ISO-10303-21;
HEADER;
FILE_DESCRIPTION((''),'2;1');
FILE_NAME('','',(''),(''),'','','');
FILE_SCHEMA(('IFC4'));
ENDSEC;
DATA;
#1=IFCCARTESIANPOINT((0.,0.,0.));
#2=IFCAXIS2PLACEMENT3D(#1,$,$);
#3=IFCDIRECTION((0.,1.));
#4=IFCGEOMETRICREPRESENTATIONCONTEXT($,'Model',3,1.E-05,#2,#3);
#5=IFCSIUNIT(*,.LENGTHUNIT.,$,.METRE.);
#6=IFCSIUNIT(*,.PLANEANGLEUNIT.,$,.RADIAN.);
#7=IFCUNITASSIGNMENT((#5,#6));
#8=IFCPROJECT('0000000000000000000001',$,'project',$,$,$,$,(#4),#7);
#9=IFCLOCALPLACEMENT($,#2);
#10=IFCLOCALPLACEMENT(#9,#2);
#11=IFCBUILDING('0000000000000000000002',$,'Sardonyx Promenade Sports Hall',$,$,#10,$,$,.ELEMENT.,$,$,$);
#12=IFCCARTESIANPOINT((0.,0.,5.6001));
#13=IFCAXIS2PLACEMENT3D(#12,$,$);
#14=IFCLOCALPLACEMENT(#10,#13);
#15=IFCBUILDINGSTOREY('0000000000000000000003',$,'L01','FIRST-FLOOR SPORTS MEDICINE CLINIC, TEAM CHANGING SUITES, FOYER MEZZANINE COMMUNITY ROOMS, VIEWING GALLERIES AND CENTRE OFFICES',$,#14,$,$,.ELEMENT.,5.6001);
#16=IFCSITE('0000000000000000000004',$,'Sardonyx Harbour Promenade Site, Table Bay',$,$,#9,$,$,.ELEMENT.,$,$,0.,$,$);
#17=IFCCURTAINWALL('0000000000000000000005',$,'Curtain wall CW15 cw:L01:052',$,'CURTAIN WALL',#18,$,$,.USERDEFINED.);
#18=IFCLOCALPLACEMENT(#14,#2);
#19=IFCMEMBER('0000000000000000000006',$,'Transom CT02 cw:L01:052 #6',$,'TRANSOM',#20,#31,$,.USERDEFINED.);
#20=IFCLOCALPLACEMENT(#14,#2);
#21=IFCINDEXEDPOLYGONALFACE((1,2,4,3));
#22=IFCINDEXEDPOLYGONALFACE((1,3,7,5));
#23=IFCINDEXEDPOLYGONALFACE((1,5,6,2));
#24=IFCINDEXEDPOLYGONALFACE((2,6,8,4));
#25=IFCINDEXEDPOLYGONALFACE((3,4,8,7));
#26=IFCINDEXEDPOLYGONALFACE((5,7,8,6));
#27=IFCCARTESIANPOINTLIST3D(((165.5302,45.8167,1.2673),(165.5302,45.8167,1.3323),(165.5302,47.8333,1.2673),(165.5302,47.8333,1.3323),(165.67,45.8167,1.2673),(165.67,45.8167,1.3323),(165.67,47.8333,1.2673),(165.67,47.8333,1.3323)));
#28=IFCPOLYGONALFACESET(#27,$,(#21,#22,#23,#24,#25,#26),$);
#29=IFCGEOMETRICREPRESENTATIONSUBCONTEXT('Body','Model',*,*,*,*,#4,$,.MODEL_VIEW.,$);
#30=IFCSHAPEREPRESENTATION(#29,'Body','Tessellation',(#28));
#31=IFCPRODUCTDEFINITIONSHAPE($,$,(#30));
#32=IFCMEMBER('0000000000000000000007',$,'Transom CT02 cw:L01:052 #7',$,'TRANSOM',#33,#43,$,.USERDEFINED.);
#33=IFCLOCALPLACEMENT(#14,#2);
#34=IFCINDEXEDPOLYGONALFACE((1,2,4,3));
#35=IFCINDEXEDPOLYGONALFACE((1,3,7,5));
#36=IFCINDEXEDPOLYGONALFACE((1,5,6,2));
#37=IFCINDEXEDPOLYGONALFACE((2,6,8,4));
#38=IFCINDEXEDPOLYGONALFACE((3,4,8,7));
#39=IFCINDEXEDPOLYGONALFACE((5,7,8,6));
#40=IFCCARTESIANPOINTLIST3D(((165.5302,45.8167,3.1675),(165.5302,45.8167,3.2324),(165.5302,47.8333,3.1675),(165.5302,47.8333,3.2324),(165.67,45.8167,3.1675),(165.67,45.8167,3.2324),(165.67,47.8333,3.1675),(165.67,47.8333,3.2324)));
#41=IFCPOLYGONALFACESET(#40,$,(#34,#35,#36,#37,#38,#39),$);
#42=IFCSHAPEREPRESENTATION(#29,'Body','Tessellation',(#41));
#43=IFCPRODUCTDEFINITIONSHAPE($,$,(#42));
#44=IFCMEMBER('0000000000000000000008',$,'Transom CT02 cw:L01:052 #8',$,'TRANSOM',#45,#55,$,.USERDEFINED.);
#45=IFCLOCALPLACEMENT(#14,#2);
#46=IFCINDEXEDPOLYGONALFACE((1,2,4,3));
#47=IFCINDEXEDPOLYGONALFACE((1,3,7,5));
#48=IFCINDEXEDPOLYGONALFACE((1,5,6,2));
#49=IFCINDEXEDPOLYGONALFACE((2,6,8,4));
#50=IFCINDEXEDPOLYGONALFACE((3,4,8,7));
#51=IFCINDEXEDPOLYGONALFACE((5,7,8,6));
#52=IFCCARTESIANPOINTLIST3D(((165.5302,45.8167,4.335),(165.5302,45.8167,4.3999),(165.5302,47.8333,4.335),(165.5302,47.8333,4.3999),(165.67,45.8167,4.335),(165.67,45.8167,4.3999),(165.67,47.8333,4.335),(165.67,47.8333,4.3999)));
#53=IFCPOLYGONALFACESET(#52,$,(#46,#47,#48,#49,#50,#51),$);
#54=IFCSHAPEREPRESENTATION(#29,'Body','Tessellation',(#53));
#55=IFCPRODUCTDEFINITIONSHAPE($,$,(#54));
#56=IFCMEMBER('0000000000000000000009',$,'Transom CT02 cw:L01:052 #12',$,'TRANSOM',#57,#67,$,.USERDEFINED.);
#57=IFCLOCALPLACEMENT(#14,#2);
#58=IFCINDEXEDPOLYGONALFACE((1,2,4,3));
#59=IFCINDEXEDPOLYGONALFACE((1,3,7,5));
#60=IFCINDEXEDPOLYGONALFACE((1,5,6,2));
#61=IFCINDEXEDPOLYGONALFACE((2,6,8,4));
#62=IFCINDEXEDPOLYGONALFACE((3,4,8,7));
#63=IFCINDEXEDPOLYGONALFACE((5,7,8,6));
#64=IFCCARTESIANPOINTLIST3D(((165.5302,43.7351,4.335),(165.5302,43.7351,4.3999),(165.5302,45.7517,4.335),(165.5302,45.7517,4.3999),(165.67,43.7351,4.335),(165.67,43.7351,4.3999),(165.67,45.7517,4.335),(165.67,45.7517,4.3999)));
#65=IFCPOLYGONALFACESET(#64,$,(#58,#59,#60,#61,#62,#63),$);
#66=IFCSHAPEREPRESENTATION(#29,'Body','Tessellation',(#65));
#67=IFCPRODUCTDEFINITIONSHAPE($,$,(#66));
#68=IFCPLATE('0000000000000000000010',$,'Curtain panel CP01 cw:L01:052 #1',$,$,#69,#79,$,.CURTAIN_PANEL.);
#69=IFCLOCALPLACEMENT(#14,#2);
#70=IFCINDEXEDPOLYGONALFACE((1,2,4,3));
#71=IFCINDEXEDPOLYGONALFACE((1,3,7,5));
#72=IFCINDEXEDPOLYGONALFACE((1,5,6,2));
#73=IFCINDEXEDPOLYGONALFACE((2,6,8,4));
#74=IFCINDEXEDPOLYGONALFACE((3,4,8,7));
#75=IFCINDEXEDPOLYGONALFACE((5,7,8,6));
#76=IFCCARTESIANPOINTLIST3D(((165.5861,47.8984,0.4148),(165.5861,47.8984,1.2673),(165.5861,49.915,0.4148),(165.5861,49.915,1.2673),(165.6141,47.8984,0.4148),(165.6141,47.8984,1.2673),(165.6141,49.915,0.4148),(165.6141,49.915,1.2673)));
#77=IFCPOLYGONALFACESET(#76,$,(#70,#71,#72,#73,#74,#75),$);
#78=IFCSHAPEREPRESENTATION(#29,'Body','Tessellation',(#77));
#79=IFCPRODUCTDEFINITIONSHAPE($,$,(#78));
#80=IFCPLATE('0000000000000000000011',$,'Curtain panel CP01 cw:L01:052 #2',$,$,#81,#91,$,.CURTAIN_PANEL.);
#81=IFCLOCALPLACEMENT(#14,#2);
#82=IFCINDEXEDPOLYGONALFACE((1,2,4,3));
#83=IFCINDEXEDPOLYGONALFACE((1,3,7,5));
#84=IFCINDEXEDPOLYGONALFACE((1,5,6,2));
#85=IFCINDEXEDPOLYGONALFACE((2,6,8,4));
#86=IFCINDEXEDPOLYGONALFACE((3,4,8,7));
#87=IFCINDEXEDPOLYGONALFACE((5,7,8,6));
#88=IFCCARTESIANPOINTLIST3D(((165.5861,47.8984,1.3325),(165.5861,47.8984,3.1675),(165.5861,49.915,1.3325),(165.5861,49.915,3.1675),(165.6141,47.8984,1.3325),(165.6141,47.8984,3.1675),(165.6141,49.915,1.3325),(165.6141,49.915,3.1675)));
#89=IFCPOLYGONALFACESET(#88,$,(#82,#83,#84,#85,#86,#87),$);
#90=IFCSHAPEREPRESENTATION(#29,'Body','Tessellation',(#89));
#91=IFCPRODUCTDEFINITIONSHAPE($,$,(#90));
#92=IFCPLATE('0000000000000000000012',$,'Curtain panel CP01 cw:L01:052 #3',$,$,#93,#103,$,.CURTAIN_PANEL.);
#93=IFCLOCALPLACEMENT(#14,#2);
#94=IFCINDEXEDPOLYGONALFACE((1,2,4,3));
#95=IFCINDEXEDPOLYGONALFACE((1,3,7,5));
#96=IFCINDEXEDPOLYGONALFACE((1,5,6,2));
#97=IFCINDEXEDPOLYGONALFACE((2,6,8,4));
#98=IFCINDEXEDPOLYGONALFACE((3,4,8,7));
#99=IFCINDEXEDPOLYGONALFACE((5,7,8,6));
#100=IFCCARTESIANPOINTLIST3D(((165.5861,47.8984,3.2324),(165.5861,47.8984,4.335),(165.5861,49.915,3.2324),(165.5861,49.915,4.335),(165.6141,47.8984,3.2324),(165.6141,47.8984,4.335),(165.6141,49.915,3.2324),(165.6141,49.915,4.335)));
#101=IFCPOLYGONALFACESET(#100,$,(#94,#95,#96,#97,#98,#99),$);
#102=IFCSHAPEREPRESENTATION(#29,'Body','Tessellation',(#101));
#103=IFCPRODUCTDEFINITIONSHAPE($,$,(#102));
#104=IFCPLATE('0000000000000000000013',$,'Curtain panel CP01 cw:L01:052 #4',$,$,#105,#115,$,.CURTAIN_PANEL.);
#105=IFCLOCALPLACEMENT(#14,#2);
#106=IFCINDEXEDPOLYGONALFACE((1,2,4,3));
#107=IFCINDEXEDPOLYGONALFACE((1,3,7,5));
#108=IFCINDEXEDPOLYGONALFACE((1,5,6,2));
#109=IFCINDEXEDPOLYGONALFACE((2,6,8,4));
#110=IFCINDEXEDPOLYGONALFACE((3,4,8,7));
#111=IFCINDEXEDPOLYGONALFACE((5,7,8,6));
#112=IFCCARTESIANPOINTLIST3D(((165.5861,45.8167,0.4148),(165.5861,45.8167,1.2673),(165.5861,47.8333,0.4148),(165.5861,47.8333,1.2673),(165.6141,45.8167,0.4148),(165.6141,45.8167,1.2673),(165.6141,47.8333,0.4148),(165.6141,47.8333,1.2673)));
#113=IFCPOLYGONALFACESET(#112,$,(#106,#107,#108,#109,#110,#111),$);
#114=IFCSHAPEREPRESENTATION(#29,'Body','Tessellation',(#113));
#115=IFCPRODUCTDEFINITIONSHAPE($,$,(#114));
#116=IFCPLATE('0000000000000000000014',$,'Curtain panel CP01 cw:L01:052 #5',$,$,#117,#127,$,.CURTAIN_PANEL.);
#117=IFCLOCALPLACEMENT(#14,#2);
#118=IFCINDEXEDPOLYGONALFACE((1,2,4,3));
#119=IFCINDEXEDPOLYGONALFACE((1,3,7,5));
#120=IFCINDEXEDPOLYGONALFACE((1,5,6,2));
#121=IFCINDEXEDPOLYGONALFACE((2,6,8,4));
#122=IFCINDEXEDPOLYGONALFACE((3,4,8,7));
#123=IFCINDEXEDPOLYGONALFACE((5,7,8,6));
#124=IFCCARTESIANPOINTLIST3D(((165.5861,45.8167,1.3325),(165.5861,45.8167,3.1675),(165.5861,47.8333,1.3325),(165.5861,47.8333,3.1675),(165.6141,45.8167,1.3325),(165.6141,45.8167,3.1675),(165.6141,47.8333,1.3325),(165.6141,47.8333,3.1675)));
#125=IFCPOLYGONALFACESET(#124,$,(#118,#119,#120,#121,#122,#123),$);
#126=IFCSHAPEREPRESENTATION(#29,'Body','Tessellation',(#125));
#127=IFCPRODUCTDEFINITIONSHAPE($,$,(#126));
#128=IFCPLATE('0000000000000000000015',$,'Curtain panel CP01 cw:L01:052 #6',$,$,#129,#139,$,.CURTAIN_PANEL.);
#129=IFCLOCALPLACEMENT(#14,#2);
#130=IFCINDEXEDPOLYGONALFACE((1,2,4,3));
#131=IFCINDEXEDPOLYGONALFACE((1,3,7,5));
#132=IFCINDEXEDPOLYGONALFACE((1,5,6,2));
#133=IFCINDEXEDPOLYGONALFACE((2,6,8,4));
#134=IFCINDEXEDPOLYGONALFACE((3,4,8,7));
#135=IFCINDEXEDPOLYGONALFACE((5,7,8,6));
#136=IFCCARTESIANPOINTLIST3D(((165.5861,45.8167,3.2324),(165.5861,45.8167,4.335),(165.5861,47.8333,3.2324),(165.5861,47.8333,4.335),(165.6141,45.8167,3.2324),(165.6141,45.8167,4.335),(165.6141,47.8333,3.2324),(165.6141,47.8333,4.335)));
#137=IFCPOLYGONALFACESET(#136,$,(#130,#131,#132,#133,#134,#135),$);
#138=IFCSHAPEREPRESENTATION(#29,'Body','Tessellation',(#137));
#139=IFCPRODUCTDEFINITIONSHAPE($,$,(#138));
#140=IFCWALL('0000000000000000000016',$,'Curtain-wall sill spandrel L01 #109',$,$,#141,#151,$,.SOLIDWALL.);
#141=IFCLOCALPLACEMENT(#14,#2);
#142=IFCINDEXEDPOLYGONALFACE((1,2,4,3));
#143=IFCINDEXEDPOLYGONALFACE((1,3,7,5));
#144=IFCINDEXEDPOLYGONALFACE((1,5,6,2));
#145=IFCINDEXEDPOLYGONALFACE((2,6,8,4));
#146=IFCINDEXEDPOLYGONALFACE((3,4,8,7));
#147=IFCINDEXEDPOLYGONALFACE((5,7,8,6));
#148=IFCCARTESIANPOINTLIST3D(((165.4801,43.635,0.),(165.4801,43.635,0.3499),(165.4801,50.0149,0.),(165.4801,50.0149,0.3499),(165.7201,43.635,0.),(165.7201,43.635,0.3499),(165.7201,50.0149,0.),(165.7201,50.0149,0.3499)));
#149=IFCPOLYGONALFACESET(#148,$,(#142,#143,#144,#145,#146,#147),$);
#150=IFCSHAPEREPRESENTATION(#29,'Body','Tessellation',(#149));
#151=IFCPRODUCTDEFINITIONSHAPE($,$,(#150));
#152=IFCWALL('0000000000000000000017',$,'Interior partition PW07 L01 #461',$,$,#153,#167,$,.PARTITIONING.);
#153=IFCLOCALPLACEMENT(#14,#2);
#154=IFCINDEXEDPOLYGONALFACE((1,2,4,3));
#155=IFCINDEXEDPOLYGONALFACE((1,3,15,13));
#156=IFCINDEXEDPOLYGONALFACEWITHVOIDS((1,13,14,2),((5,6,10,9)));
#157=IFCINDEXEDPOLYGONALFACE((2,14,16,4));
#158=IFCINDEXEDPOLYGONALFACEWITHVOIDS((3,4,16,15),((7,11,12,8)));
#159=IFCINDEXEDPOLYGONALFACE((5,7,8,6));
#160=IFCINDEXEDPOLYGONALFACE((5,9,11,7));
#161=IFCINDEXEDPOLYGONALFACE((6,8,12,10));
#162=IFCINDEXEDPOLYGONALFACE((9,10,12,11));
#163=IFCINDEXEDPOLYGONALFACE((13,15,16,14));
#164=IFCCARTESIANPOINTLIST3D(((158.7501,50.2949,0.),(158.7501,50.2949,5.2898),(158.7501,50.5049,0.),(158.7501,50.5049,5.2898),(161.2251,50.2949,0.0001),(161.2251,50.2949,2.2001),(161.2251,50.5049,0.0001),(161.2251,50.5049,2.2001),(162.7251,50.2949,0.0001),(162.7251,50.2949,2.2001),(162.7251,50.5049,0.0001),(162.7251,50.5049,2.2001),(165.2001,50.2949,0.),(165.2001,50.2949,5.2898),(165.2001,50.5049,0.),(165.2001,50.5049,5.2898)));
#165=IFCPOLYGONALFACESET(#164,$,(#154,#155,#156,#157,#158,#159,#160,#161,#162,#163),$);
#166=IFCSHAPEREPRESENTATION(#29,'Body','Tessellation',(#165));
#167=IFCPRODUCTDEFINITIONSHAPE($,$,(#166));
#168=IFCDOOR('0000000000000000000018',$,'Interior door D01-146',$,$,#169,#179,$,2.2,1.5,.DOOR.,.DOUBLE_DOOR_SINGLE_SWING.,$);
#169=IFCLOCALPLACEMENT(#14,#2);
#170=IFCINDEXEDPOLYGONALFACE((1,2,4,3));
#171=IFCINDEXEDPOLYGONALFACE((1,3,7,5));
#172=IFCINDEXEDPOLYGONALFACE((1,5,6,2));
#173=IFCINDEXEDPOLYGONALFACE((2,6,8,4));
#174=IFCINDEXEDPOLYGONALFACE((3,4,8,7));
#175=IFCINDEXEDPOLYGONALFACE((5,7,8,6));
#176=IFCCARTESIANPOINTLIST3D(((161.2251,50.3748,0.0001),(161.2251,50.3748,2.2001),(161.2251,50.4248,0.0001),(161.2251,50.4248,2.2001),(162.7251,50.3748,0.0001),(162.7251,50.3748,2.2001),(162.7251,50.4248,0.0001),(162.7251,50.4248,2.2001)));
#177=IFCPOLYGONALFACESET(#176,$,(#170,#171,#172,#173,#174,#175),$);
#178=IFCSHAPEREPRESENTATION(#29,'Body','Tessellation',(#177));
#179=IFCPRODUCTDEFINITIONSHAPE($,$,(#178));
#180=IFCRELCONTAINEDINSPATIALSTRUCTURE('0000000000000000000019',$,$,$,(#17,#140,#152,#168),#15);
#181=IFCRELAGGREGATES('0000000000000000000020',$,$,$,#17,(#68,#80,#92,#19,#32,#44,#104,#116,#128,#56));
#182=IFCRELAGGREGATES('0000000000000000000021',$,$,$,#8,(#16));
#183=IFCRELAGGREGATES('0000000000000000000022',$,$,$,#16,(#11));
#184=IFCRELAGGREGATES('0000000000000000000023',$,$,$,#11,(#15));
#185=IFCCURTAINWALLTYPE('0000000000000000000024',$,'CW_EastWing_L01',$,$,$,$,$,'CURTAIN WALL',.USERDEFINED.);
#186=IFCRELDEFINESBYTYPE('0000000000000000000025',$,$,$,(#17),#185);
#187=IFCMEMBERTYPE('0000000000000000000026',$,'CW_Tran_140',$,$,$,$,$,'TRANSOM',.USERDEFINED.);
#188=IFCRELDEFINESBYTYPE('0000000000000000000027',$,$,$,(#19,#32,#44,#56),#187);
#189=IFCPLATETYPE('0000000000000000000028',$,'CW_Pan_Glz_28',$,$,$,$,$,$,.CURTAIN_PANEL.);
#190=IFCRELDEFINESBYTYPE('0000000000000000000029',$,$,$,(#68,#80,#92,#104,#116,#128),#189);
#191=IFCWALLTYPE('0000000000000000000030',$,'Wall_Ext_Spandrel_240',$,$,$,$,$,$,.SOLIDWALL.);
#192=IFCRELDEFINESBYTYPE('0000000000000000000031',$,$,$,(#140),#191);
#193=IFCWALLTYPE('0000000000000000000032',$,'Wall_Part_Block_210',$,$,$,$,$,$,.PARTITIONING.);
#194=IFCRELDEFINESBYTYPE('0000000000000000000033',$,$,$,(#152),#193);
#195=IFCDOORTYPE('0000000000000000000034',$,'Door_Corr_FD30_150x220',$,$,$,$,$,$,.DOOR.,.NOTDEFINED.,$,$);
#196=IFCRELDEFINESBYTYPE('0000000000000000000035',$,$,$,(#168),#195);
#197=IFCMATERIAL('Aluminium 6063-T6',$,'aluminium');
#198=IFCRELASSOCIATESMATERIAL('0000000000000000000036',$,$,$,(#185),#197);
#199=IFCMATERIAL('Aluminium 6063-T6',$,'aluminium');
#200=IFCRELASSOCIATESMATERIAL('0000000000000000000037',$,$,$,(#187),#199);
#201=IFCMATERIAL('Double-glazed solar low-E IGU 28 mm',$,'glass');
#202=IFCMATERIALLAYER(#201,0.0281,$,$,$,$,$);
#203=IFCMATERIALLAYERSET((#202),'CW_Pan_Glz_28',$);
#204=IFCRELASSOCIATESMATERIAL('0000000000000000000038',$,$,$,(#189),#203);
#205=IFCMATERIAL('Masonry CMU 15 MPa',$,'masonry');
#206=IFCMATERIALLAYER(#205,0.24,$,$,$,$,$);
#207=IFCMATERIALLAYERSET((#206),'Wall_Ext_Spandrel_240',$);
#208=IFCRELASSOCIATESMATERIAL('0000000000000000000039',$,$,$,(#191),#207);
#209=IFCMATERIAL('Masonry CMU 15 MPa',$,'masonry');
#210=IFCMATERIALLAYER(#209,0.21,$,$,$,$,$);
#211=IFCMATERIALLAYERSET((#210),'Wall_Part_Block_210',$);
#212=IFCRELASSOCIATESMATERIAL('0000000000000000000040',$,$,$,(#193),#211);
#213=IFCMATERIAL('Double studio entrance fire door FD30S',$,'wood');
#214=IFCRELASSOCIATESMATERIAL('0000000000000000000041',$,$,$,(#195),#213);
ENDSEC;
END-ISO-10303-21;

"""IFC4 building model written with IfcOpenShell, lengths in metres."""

from ifc_helpers import new_model, si_unit, direction, frame, frame_2d, origin, origin_2d, place, context, subcontext, project, spatial, rectangle, extrude, material, layer, layer_set, material_profile, profile_set, type_object, element, fill, aggregate, save


model = new_model("IFC4")

# Units and contexts
model_context = context("Model", 3, precision=1e-05, world=origin(), true_north=direction((0.0, 1.0)))
body_context = subcontext(model_context, "Body", "Model", "MODEL_VIEW")
ifc_project = project(units=[si_unit("LENGTHUNIT", "METRE"), si_unit("PLANEANGLEUNIT", "RADIAN")], contexts=[model_context])

# Site, building, storey
site_placement = place(None, origin())
site = spatial("IfcSite", under=ifc_project, at=site_placement, Name="Sardonyx Harbour Promenade Site, Table Bay", CompositionType="ELEMENT", RefElevation=0.0)
building_placement = place(site_placement, origin())
building = spatial("IfcBuilding", under=site, at=building_placement, Name="Sardonyx Promenade Sports Hall", CompositionType="ELEMENT")
storey_placement = place(building_placement, frame((0.0, 0.0, 5.6001)))
storey = spatial("IfcBuildingStorey", under=building, at=storey_placement, Name="L01", Description="FIRST-FLOOR SPORTS MEDICINE CLINIC, TEAM CHANGING SUITES, FOYER MEZZANINE COMMUNITY ROOMS, VIEWING GALLERIES AND CENTRE OFFICES", CompositionType="ELEMENT", Elevation=5.6001)

# Curtain wall, members, plates
ifc_material_1 = material(Name="Aluminium 6063-T6", Category="aluminium")
curtain_wall_type = type_object("IfcCurtainWallType", Name="CW_EastWing_L01", ElementType="CURTAIN WALL", PredefinedType="USERDEFINED", material=ifc_material_1)
curtain_wall_placement = place(storey_placement, origin())
curtain_wall = element("IfcCurtainWall", 1, at=curtain_wall_placement, inside=storey, type_object=curtain_wall_type, Name="Curtain wall CW15 cw:L01:052", ObjectType="CURTAIN WALL", PredefinedType="USERDEFINED")
ifc_material_2 = material(Name="Aluminium 6063-T6", Category="aluminium")
ifc_material_profile_1 = material_profile(ifc_material_2, rectangle(XDim=0.0649, YDim=0.1399, at=origin_2d()))
ifc_profile_set_1 = profile_set([ifc_material_profile_1], Name="Aluminium 6063-T6")
member_type_1 = type_object("IfcMemberType", Name="CW_Tran_140", ElementType="TRANSOM", PredefinedType="USERDEFINED", material=ifc_profile_set_1)
member_1_placement = place(storey_placement, frame((165.6001, 47.8333, 1.2998), z_axis=(0.0, -1.0, 0.0), x_axis=(0.0, 0.0, 1.0)))
member_1 = element("IfcMember", 2, at=member_1_placement, type_object=member_type_1, Name="Transom CT02 cw:L01:052 #6", ObjectType="TRANSOM", PredefinedType="USERDEFINED", context=body_context, shape_type="SweptSolid", body=[
    extrude(rectangle(XDim=0.0649, YDim=0.1399, at=origin_2d()), origin(), (0.0, 0.0, 1.0), 2.0166),
])
member_2_placement = place(storey_placement, frame((165.6001, 47.8333, 3.2), z_axis=(0.0, -1.0, 0.0), x_axis=(0.0, 0.0, 1.0)))
member_2 = element("IfcMember", 3, at=member_2_placement, type_object=member_type_1, Name="Transom CT02 cw:L01:052 #7", ObjectType="TRANSOM", PredefinedType="USERDEFINED", context=body_context, shape_type="SweptSolid", body=[
    extrude(rectangle(XDim=0.0649, YDim=0.1399, at=origin_2d()), origin(), (0.0, 0.0, 1.0), 2.0166),
])
member_3_placement = place(storey_placement, frame((165.6001, 47.8333, 4.3674), z_axis=(0.0, -1.0, 0.0), x_axis=(0.0, 0.0, 1.0)))
member_3 = element("IfcMember", 4, at=member_3_placement, type_object=member_type_1, Name="Transom CT02 cw:L01:052 #8", ObjectType="TRANSOM", PredefinedType="USERDEFINED", context=body_context, shape_type="SweptSolid", body=[
    extrude(rectangle(XDim=0.0649, YDim=0.1399, at=origin_2d()), origin(), (0.0, 0.0, 1.0), 2.0166),
])
member_4_placement = place(storey_placement, frame((165.6001, 45.7517, 4.3674), z_axis=(0.0, -1.0, 0.0), x_axis=(0.0, 0.0, 1.0)))
member_4 = element("IfcMember", 5, at=member_4_placement, type_object=member_type_1, Name="Transom CT02 cw:L01:052 #12", ObjectType="TRANSOM", PredefinedType="USERDEFINED", context=body_context, shape_type="SweptSolid", body=[
    extrude(rectangle(XDim=0.0649, YDim=0.1399, at=origin_2d()), origin(), (0.0, 0.0, 1.0), 2.0166),
])
ifc_material_3 = material(Name="Double-glazed solar low-E IGU 28 mm", Category="glass")
ifc_layer_1 = layer(ifc_material_3, 0.0281)
ifc_layer_set_1 = layer_set([ifc_layer_1], Name="CW_Pan_Glz_28")
plate_type = type_object("IfcPlateType", Name="CW_Pan_Glz_28", PredefinedType="CURTAIN_PANEL", material=ifc_layer_set_1)
plate_1_placement = place(storey_placement, frame((165.6001, 48.9067, 0.4148), z_axis=(0.0, 0.0, 1.0), x_axis=(0.0, -1.0, 0.0)))
plate_1 = element("IfcPlate", 6, at=plate_1_placement, type_object=plate_type, Name="Curtain panel CP01 cw:L01:052 #1", PredefinedType="CURTAIN_PANEL", context=body_context, shape_type="SweptSolid", body=[
    extrude(rectangle(XDim=2.0166, YDim=0.0281, at=origin_2d()), origin(), (0.0, 0.0, 1.0), 0.8525),
])
plate_2_placement = place(storey_placement, frame((165.6001, 48.9067, 1.3325), z_axis=(0.0, 0.0, 1.0), x_axis=(0.0, -1.0, 0.0)))
plate_2 = element("IfcPlate", 7, at=plate_2_placement, type_object=plate_type, Name="Curtain panel CP01 cw:L01:052 #2", PredefinedType="CURTAIN_PANEL", context=body_context, shape_type="SweptSolid", body=[
    extrude(rectangle(XDim=2.0166, YDim=0.0281, at=origin_2d()), origin(), (0.0, 0.0, 1.0), 1.835),
])
plate_3_placement = place(storey_placement, frame((165.6001, 48.9067, 3.2324), z_axis=(0.0, 0.0, 1.0), x_axis=(0.0, -1.0, 0.0)))
plate_3 = element("IfcPlate", 8, at=plate_3_placement, type_object=plate_type, Name="Curtain panel CP01 cw:L01:052 #3", PredefinedType="CURTAIN_PANEL", context=body_context, shape_type="SweptSolid", body=[
    extrude(rectangle(XDim=2.0166, YDim=0.0281, at=origin_2d()), origin(), (0.0, 0.0, 1.0), 1.1025),
])
plate_4_placement = place(storey_placement, frame((165.6001, 46.825, 0.4148), z_axis=(0.0, 0.0, 1.0), x_axis=(0.0, -1.0, 0.0)))
plate_4 = element("IfcPlate", 9, at=plate_4_placement, type_object=plate_type, Name="Curtain panel CP01 cw:L01:052 #4", PredefinedType="CURTAIN_PANEL", context=body_context, shape_type="SweptSolid", body=[
    extrude(rectangle(XDim=2.0166, YDim=0.0281, at=origin_2d()), origin(), (0.0, 0.0, 1.0), 0.8525),
])
plate_5_placement = place(storey_placement, frame((165.6001, 46.825, 1.3325), z_axis=(0.0, 0.0, 1.0), x_axis=(0.0, -1.0, 0.0)))
plate_5 = element("IfcPlate", 10, at=plate_5_placement, type_object=plate_type, Name="Curtain panel CP01 cw:L01:052 #5", PredefinedType="CURTAIN_PANEL", context=body_context, shape_type="SweptSolid", body=[
    extrude(rectangle(XDim=2.0166, YDim=0.0281, at=origin_2d()), origin(), (0.0, 0.0, 1.0), 1.835),
])
plate_6_placement = place(storey_placement, frame((165.6001, 46.825, 3.2324), z_axis=(0.0, 0.0, 1.0), x_axis=(0.0, -1.0, 0.0)))
plate_6 = element("IfcPlate", 11, at=plate_6_placement, type_object=plate_type, Name="Curtain panel CP01 cw:L01:052 #6", PredefinedType="CURTAIN_PANEL", context=body_context, shape_type="SweptSolid", body=[
    extrude(rectangle(XDim=2.0166, YDim=0.0281, at=origin_2d()), origin(), (0.0, 0.0, 1.0), 1.1025),
])
aggregate(curtain_wall, [plate_1, plate_2, plate_3, member_1, member_2, member_3, plate_4, plate_5, plate_6, member_4])

# Wall
ifc_material_4 = material(Name="Masonry CMU 15 MPa", Category="masonry")
ifc_layer_2 = layer(ifc_material_4, 0.24)
ifc_layer_set_2 = layer_set([ifc_layer_2], Name="Wall_Ext_Spandrel_240")
wall_type_1 = type_object("IfcWallType", Name="Wall_Ext_Spandrel_240", PredefinedType="SOLIDWALL", material=ifc_layer_set_2)
wall_1_placement = place(storey_placement, frame((165.6001, 50.0149, 0.0), z_axis=(0.0, 0.0, 1.0), x_axis=(0.0, -1.0, 0.0)))
element("IfcWall", 12, at=wall_1_placement, inside=storey, type_object=wall_type_1, Name="Curtain-wall sill spandrel L01 #109", PredefinedType="SOLIDWALL", context=body_context, shape_type="SweptSolid", body=[
    extrude(rectangle(XDim=6.3799, YDim=0.24, at=frame_2d((3.1899, 0.0))), origin(), (0.0, 0.0, 1.0), 0.3499),
])

# Wall, opening, door
ifc_material_5 = material(Name="Masonry CMU 15 MPa", Category="masonry")
ifc_layer_3 = layer(ifc_material_5, 0.21)
ifc_layer_set_3 = layer_set([ifc_layer_3], Name="Wall_Part_Block_210")
wall_type_2 = type_object("IfcWallType", Name="Wall_Part_Block_210", PredefinedType="PARTITIONING", material=ifc_layer_set_3)
wall_2_placement = place(storey_placement, frame((158.75, 50.3999, 0.0), z_axis=(0.0, 0.0, 1.0), x_axis=(1.0, 0.0, 0.0)))
wall_2 = element("IfcWall", 13, at=wall_2_placement, inside=storey, type_object=wall_type_2, Name="Interior partition PW07 L01 #461", PredefinedType="PARTITIONING", context=body_context, shape_type="SweptSolid", body=[
    extrude(rectangle(XDim=6.45, YDim=0.21, at=frame_2d((3.2251, 0.0))), origin(), (0.0, 0.0, 1.0), 5.2898),
])
opening_placement = place(wall_2_placement, frame((2.4751, 0.0, 0.0)))
opening = element("IfcOpeningElement", 14, at=opening_placement, cuts=wall_2, PredefinedType="OPENING", context=body_context, shape_type="SweptSolid", body=[
    extrude(rectangle(XDim=1.5, YDim=2.2, at=frame_2d((0.75, 1.1001))), frame((0.0, 0.115, 0.0), z_axis=(0.0, -1.0, 0.0), x_axis=(1.0, 0.0, 0.0)), (0.0, 0.0, 1.0), 0.23),
])
ifc_material_6 = material(Name="Double studio entrance fire door FD30S", Category="wood")
door_type = type_object("IfcDoorType", Name="Door_Corr_FD30_150x220", OperationType="NOTDEFINED", PredefinedType="DOOR", material=ifc_material_6)
door_placement = place(opening_placement, origin())
door = element("IfcDoor", 15, at=door_placement, inside=storey, type_object=door_type, Name="Interior door D01-146", OperationType="DOUBLE_DOOR_SINGLE_SWING", OverallHeight=2.2, OverallWidth=1.5, PredefinedType="DOOR", context=body_context, shape_type="SweptSolid", body=[
    extrude(rectangle(XDim=1.5, YDim=2.2, at=frame_2d((0.75, 1.1001))), frame((0.0, 0.0249, 0.0), z_axis=(0.0, -1.0, 0.0), x_axis=(1.0, 0.0, 0.0)), (0.0, 0.0, 1.0), 0.05),
])
fill(opening, door)

save(model, "model.ifc")
